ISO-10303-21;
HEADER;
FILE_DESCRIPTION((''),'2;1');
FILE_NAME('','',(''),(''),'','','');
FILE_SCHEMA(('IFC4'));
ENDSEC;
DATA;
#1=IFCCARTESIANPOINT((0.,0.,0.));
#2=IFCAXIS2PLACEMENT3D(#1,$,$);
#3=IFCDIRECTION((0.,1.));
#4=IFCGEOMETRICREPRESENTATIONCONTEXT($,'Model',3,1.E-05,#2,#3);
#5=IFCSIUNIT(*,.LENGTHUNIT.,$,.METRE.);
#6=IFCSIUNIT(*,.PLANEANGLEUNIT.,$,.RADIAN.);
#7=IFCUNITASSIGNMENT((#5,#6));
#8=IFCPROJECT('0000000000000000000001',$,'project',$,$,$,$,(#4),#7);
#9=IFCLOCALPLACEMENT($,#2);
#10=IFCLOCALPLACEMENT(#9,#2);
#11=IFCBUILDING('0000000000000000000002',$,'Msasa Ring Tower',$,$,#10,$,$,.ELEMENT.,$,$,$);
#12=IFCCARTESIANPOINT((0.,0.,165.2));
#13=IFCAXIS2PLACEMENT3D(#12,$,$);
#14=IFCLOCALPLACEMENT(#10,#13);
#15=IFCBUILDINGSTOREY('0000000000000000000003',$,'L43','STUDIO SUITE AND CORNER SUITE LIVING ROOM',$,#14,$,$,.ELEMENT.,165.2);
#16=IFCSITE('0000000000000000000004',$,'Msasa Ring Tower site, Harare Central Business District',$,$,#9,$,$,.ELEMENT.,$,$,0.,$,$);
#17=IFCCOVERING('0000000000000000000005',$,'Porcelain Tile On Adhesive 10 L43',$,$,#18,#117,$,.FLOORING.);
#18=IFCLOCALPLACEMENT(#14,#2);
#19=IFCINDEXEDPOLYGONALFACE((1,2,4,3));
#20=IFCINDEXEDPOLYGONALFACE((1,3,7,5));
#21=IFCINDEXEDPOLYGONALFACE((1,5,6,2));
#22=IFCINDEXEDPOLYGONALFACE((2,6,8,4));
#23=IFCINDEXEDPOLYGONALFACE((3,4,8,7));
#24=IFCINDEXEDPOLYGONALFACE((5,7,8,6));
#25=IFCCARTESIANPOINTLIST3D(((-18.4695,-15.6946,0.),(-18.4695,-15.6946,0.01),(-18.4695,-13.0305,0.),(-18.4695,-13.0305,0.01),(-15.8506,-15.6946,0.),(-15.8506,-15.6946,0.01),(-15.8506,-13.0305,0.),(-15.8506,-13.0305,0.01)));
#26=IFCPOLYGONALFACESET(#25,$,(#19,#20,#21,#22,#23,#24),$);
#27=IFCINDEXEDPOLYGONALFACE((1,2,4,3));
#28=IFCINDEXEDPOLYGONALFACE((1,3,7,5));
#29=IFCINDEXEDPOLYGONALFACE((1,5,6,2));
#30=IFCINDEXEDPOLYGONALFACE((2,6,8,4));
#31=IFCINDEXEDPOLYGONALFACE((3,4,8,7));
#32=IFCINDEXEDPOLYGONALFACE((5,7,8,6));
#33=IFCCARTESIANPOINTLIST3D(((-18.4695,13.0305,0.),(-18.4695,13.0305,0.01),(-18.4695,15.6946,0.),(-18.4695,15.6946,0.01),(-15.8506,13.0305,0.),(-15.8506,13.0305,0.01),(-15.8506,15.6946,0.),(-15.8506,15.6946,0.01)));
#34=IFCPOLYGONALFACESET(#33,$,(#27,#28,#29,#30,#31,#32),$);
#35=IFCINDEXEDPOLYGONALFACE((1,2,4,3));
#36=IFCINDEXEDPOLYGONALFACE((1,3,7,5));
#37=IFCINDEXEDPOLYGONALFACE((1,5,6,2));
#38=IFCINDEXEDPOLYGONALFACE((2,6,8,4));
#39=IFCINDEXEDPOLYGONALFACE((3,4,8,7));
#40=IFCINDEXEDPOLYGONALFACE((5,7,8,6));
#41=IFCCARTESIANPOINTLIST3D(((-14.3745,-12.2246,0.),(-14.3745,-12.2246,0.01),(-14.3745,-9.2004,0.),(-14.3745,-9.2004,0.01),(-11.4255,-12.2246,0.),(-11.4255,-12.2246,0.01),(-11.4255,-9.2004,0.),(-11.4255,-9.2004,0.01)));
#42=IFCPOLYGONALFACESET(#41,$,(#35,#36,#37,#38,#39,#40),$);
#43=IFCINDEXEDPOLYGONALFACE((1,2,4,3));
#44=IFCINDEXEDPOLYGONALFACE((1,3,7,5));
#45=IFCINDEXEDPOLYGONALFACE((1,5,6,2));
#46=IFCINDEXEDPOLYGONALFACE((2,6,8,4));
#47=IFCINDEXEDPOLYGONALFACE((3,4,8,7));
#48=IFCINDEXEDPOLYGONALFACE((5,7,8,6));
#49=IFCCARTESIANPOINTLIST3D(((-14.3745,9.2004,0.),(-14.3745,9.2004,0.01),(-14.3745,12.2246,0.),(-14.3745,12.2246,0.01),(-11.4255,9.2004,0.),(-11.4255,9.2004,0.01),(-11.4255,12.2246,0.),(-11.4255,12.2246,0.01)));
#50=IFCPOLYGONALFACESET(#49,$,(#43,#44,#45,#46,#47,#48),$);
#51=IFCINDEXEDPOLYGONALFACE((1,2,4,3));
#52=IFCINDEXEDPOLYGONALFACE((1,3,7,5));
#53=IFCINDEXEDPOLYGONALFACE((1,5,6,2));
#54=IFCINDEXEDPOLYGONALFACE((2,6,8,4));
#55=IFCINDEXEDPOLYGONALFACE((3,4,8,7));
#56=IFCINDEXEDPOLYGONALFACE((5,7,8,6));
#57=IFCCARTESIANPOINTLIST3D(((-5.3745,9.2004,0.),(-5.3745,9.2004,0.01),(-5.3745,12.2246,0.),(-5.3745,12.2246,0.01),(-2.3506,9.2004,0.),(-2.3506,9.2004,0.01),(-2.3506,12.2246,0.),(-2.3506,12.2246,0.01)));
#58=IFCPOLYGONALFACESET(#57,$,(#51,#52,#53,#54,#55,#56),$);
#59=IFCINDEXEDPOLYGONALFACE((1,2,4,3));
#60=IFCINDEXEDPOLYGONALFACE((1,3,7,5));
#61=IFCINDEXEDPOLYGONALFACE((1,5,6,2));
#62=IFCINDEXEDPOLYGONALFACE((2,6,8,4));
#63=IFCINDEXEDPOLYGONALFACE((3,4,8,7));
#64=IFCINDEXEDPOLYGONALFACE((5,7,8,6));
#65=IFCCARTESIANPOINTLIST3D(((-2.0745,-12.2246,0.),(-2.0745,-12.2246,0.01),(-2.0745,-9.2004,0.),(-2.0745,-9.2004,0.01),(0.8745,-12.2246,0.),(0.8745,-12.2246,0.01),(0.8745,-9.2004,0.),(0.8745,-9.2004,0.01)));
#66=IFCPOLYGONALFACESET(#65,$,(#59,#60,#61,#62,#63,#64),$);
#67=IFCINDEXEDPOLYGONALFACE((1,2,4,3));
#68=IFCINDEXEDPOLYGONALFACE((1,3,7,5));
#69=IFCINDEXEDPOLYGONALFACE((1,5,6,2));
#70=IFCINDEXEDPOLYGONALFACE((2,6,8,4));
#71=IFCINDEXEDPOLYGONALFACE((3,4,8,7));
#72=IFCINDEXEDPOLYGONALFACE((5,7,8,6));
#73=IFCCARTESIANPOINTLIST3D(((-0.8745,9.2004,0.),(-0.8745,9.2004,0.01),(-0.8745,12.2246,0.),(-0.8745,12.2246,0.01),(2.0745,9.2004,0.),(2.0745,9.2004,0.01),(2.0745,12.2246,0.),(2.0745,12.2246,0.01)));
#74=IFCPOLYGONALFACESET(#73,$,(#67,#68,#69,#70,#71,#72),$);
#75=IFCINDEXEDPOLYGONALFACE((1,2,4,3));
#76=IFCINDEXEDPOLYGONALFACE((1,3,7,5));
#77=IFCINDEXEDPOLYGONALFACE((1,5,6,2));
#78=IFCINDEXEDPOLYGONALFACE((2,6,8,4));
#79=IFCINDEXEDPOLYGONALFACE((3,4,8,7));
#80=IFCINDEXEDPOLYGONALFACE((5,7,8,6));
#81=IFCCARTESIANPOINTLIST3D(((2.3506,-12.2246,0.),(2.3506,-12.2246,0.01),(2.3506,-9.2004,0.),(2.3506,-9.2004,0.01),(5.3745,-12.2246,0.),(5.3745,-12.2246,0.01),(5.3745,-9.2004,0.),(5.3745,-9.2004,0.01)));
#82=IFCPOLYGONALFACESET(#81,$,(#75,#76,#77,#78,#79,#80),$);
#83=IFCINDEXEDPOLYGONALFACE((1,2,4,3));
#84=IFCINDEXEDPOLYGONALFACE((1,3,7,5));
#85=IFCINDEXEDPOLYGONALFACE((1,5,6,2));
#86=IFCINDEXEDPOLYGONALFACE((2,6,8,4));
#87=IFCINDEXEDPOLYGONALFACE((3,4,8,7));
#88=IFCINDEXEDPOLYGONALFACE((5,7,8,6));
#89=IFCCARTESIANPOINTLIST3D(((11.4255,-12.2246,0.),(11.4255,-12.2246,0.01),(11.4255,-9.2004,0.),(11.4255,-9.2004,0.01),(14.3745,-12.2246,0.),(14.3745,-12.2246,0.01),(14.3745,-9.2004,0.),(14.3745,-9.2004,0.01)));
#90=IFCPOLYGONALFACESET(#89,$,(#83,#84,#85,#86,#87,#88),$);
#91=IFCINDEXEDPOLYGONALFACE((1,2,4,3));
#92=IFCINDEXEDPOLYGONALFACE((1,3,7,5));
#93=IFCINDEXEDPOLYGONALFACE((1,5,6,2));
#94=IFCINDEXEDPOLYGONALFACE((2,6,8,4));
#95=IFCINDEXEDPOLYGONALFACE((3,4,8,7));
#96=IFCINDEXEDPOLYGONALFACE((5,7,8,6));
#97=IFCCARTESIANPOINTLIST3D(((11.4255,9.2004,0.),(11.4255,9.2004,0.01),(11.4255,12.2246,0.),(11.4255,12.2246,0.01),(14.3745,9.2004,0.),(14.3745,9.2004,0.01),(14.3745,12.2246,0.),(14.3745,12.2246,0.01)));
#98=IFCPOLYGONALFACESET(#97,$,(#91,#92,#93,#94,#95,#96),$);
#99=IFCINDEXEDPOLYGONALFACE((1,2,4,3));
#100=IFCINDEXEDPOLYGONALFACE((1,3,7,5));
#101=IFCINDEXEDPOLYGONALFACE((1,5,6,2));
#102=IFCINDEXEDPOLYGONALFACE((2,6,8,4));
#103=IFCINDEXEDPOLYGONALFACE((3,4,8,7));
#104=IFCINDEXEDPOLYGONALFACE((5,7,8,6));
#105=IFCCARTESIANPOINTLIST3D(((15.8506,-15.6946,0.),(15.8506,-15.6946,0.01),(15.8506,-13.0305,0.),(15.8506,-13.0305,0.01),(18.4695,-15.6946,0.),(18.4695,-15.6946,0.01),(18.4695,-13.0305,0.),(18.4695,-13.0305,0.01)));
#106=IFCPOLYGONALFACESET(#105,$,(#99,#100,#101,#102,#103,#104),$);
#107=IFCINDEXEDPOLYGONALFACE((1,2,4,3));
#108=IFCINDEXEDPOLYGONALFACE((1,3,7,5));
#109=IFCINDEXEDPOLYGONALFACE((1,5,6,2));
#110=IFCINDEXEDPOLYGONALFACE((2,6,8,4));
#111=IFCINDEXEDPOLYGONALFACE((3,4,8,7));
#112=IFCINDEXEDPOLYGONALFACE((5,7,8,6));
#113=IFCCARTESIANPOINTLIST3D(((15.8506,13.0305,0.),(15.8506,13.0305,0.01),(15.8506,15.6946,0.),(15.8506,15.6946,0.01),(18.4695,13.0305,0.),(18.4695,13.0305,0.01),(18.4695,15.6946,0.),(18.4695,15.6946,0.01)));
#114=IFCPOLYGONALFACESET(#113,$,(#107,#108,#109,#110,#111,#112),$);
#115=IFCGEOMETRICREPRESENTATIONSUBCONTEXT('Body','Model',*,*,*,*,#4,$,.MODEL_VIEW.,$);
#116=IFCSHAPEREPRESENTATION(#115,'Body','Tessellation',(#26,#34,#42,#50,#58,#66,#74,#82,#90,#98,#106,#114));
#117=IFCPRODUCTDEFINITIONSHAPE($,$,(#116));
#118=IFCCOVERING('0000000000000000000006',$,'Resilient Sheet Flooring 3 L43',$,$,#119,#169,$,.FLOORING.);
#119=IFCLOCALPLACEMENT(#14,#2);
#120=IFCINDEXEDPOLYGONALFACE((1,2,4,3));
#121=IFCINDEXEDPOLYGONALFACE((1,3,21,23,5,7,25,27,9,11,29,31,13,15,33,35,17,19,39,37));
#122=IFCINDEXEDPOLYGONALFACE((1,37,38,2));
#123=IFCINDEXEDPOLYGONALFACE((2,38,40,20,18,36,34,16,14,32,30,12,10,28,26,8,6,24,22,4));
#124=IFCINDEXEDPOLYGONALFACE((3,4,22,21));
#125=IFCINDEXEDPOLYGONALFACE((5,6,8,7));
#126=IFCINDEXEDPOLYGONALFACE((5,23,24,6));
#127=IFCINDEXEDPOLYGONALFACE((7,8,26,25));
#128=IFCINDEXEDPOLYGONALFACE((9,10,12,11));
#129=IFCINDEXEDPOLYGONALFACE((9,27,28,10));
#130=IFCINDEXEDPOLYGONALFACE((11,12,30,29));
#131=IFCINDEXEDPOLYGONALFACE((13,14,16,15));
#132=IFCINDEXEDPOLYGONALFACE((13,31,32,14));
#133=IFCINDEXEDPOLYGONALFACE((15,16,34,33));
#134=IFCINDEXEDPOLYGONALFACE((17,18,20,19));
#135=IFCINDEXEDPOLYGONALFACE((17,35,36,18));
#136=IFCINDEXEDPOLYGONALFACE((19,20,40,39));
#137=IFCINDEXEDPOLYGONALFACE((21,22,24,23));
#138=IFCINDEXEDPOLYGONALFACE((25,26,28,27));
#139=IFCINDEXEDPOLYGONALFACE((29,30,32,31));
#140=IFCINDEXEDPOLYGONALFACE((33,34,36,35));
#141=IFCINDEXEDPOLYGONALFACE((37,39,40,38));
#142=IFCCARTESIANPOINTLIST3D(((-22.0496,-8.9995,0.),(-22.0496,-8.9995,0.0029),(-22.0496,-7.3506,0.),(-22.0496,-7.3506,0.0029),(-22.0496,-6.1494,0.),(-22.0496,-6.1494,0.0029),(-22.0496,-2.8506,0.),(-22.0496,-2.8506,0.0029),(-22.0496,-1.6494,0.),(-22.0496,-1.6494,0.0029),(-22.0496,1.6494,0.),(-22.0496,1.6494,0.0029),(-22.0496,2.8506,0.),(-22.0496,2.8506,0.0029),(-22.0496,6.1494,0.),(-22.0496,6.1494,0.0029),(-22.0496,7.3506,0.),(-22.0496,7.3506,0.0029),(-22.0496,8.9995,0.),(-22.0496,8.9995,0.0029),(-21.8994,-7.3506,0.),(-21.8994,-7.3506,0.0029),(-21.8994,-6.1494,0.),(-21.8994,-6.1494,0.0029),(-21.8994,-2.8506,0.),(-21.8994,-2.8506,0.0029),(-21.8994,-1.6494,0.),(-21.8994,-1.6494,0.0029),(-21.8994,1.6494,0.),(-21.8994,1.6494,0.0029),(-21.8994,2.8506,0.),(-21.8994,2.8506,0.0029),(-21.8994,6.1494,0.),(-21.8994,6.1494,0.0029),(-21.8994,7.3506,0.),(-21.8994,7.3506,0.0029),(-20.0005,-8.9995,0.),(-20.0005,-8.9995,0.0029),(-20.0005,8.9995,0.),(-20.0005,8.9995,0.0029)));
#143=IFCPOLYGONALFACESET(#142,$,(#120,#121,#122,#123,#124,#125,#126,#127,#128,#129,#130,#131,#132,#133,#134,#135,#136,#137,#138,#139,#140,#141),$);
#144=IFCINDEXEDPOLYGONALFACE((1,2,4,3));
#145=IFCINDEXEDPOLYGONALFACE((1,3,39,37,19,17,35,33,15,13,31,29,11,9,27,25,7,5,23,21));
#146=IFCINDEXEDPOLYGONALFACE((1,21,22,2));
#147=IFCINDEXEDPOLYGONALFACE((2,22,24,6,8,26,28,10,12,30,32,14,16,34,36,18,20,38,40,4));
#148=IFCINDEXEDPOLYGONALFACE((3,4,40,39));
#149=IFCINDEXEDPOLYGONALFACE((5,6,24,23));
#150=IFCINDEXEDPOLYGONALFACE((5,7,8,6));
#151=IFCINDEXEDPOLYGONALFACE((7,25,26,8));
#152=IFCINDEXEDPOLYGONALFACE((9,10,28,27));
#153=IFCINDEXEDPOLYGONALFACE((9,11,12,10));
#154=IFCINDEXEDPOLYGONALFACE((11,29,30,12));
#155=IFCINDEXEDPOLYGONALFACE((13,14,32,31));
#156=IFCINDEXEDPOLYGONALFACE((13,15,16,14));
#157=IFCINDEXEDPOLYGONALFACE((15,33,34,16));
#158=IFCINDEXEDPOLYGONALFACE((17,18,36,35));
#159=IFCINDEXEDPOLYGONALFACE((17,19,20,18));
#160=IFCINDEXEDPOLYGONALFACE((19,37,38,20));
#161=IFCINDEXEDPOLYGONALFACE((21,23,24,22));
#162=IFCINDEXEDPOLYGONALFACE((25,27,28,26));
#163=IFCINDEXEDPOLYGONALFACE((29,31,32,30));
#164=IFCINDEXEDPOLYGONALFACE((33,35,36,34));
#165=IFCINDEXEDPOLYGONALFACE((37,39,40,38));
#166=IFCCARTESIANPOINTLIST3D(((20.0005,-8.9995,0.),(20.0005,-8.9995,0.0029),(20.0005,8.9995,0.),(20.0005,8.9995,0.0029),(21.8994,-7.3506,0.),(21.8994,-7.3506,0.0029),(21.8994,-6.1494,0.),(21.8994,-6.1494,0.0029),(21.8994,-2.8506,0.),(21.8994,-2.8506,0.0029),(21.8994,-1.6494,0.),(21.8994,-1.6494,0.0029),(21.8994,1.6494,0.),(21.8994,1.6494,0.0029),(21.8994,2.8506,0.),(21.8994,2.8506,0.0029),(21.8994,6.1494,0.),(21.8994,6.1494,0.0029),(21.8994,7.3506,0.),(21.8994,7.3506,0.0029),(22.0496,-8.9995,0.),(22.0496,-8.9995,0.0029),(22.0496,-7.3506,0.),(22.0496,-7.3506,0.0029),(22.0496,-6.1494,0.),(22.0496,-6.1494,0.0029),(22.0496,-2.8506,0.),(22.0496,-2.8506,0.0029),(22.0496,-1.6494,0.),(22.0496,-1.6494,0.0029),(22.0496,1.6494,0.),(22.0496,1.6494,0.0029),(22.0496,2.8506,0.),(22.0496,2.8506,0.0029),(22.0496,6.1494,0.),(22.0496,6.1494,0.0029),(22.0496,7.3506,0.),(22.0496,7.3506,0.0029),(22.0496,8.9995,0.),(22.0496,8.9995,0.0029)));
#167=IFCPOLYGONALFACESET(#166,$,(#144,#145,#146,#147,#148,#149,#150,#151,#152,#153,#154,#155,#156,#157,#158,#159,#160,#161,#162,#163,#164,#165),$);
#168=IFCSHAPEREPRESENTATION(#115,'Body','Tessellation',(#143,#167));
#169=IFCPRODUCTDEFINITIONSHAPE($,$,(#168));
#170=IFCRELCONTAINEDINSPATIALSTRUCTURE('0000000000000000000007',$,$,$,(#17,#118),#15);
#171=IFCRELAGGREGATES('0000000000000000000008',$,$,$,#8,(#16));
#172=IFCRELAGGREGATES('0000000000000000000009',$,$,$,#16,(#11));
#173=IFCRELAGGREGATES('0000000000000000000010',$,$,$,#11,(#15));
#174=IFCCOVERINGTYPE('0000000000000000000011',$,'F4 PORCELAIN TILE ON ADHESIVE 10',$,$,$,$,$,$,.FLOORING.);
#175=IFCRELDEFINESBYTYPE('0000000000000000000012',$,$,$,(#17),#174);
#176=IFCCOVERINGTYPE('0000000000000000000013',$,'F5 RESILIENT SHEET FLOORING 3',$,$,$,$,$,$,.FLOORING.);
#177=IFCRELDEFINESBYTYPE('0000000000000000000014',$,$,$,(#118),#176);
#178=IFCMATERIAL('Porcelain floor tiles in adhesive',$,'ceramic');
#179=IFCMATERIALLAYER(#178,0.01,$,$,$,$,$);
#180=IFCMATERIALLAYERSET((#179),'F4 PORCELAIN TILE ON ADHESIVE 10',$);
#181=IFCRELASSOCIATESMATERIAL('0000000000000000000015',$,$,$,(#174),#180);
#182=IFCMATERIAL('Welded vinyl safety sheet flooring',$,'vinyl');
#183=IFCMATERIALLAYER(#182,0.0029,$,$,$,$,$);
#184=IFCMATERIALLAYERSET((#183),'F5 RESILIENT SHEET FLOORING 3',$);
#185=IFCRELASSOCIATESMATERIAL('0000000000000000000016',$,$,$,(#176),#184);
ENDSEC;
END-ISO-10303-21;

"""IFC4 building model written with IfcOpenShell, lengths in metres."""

from ifc_helpers import new_model, si_unit, direction, frame, origin, place, context, subcontext, project, spatial, line, indexed_curve, outline, extrude, material, layer, layer_set, type_object, element, save


model = new_model("IFC4")

# Units and contexts
model_context = context("Model", 3, precision=1e-05, world=origin(), true_north=direction((0.0, 1.0)))
body_context = subcontext(model_context, "Body", "Model", "MODEL_VIEW")
ifc_project = project(units=[si_unit("LENGTHUNIT", "METRE"), si_unit("PLANEANGLEUNIT", "RADIAN")], contexts=[model_context])

# Site, building, storey
site_placement = place(None, origin())
site = spatial("IfcSite", under=ifc_project, at=site_placement, Name="Msasa Ring Tower site, Harare Central Business District", CompositionType="ELEMENT", RefElevation=0.0)
building_placement = place(site_placement, origin())
building = spatial("IfcBuilding", under=site, at=building_placement, Name="Msasa Ring Tower", CompositionType="ELEMENT")
storey_placement = place(building_placement, frame((0.0, 0.0, 165.2)))
storey = spatial("IfcBuildingStorey", under=building, at=storey_placement, Name="L43", Description="STUDIO SUITE AND CORNER SUITE LIVING ROOM", CompositionType="ELEMENT", Elevation=165.2)

# Coverings
ifc_material_1 = material(Name="Porcelain floor tiles in adhesive", Category="ceramic")
ifc_layer_1 = layer(ifc_material_1, 0.01)
ifc_layer_set_1 = layer_set([ifc_layer_1], Name="F4 PORCELAIN TILE ON ADHESIVE 10")
covering_type_1 = type_object("IfcCoveringType", Name="F4 PORCELAIN TILE ON ADHESIVE 10", PredefinedType="FLOORING", material=ifc_layer_set_1)
covering_1_placement = place(storey_placement, origin())
element("IfcCovering", 1, at=covering_1_placement, inside=storey, type_object=covering_type_1, Name="Porcelain Tile On Adhesive 10 L43", PredefinedType="FLOORING", context=body_context, shape_type="SweptSolid", body=[
    extrude(outline(indexed_curve([(-18.4695, -13.0305), (-15.8506, -13.0305), (-15.8506, -15.6946), (-18.4695, -15.6946)], segments=[line(1, 2, 3, 4, 1)], self_intersect=False)), origin(), (0.0, 0.0, 1.0), 0.01),
    extrude(outline(indexed_curve([(-15.8506, 15.6946), (-15.8506, 13.0305), (-18.4695, 13.0305), (-18.4695, 15.6946)], segments=[line(1, 2, 3, 4, 1)], self_intersect=False)), origin(), (0.0, 0.0, 1.0), 0.01),
    extrude(outline(indexed_curve([(-11.4255, -9.2004), (-11.4255, -12.2246), (-14.3745, -12.2246), (-14.3745, -9.2004)], segments=[line(1, 2, 3, 4, 1)], self_intersect=False)), origin(), (0.0, 0.0, 1.0), 0.01),
    extrude(outline(indexed_curve([(-14.3745, 9.2004), (-14.3745, 12.2246), (-11.4255, 12.2246), (-11.4255, 9.2004)], segments=[line(1, 2, 3, 4, 1)], self_intersect=False)), origin(), (0.0, 0.0, 1.0), 0.01),
    extrude(outline(indexed_curve([(-2.3506, 9.2004), (-5.3745, 9.2004), (-5.3745, 12.2246), (-2.3506, 12.2246)], segments=[line(1, 2, 3, 4, 1)], self_intersect=False)), origin(), (0.0, 0.0, 1.0), 0.01),
    extrude(outline(indexed_curve([(0.8745, -9.2004), (0.8745, -12.2246), (-2.0745, -12.2246), (-2.0745, -9.2004)], segments=[line(1, 2, 3, 4, 1)], self_intersect=False)), origin(), (0.0, 0.0, 1.0), 0.01),
    extrude(outline(indexed_curve([(-0.8745, 9.2004), (-0.8745, 12.2246), (2.0745, 12.2246), (2.0745, 9.2004)], segments=[line(1, 2, 3, 4, 1)], self_intersect=False)), origin(), (0.0, 0.0, 1.0), 0.01),
    extrude(outline(indexed_curve([(5.3745, -9.2004), (5.3745, -12.2246), (2.3506, -12.2246), (2.3506, -9.2004)], segments=[line(1, 2, 3, 4, 1)], self_intersect=False)), origin(), (0.0, 0.0, 1.0), 0.01),
    extrude(outline(indexed_curve([(14.3745, -9.2004), (14.3745, -12.2246), (11.4255, -12.2246), (11.4255, -9.2004)], segments=[line(1, 2, 3, 4, 1)], self_intersect=False)), origin(), (0.0, 0.0, 1.0), 0.01),
    extrude(outline(indexed_curve([(11.4255, 9.2004), (11.4255, 12.2246), (14.3745, 12.2246), (14.3745, 9.2004)], segments=[line(1, 2, 3, 4, 1)], self_intersect=False)), origin(), (0.0, 0.0, 1.0), 0.01),
    extrude(outline(indexed_curve([(15.8506, -13.0305), (18.4695, -13.0305), (18.4695, -15.6946), (15.8506, -15.6946)], segments=[line(1, 2, 3, 4, 1)], self_intersect=False)), origin(), (0.0, 0.0, 1.0), 0.01),
    extrude(outline(indexed_curve([(18.4695, 15.6946), (18.4695, 13.0305), (15.8506, 13.0305), (15.8506, 15.6946)], segments=[line(1, 2, 3, 4, 1)], self_intersect=False)), origin(), (0.0, 0.0, 1.0), 0.01),
])
ifc_material_2 = material(Name="Welded vinyl safety sheet flooring", Category="vinyl")
ifc_layer_2 = layer(ifc_material_2, 0.0029)
ifc_layer_set_2 = layer_set([ifc_layer_2], Name="F5 RESILIENT SHEET FLOORING 3")
covering_type_2 = type_object("IfcCoveringType", Name="F5 RESILIENT SHEET FLOORING 3", PredefinedType="FLOORING", material=ifc_layer_set_2)
covering_2_placement = place(storey_placement, origin())
element("IfcCovering", 2, at=covering_2_placement, inside=storey, type_object=covering_type_2, Name="Resilient Sheet Flooring 3 L43", PredefinedType="FLOORING", context=body_context, shape_type="SweptSolid", body=[
    extrude(outline(indexed_curve([(-22.0496, -7.3506), (-21.8994, -7.3506), (-21.8994, -6.1494), (-22.0496, -6.1494), (-22.0496, -2.8506), (-21.8994, -2.8506), (-21.8994, -1.6494), (-22.0496, -1.6494), (-22.0496, 1.6494), (-21.8994, 1.6494), (-21.8994, 2.8506), (-22.0496, 2.8506), (-22.0496, 6.1494), (-21.8994, 6.1494), (-21.8994, 7.3506), (-22.0496, 7.3506), (-22.0496, 8.9995), (-20.0005, 8.9995), (-20.0005, -8.9995), (-22.0496, -8.9995)], segments=[line(1, 2, 3, 4, 5, 6, 7, 8, 9, 10, 11, 12, 13, 14, 15, 16, 17, 18, 19, 20, 1)], self_intersect=False)), origin(), (0.0, 0.0, 1.0), 0.0029),
    extrude(outline(indexed_curve([(22.0496, 8.9995), (22.0496, 7.3506), (21.8994, 7.3506), (21.8994, 6.1494), (22.0496, 6.1494), (22.0496, 2.8506), (21.8994, 2.8506), (21.8994, 1.6494), (22.0496, 1.6494), (22.0496, -1.6494), (21.8994, -1.6494), (21.8994, -2.8506), (22.0496, -2.8506), (22.0496, -6.1494), (21.8994, -6.1494), (21.8994, -7.3506), (22.0496, -7.3506), (22.0496, -8.9995), (20.0005, -8.9995), (20.0005, 8.9995)], segments=[line(1, 2, 3, 4, 5, 6, 7, 8, 9, 10, 11, 12, 13, 14, 15, 16, 17, 18, 19, 20, 1)], self_intersect=False)), origin(), (0.0, 0.0, 1.0), 0.0029),
])

save(model, "model.ifc")
